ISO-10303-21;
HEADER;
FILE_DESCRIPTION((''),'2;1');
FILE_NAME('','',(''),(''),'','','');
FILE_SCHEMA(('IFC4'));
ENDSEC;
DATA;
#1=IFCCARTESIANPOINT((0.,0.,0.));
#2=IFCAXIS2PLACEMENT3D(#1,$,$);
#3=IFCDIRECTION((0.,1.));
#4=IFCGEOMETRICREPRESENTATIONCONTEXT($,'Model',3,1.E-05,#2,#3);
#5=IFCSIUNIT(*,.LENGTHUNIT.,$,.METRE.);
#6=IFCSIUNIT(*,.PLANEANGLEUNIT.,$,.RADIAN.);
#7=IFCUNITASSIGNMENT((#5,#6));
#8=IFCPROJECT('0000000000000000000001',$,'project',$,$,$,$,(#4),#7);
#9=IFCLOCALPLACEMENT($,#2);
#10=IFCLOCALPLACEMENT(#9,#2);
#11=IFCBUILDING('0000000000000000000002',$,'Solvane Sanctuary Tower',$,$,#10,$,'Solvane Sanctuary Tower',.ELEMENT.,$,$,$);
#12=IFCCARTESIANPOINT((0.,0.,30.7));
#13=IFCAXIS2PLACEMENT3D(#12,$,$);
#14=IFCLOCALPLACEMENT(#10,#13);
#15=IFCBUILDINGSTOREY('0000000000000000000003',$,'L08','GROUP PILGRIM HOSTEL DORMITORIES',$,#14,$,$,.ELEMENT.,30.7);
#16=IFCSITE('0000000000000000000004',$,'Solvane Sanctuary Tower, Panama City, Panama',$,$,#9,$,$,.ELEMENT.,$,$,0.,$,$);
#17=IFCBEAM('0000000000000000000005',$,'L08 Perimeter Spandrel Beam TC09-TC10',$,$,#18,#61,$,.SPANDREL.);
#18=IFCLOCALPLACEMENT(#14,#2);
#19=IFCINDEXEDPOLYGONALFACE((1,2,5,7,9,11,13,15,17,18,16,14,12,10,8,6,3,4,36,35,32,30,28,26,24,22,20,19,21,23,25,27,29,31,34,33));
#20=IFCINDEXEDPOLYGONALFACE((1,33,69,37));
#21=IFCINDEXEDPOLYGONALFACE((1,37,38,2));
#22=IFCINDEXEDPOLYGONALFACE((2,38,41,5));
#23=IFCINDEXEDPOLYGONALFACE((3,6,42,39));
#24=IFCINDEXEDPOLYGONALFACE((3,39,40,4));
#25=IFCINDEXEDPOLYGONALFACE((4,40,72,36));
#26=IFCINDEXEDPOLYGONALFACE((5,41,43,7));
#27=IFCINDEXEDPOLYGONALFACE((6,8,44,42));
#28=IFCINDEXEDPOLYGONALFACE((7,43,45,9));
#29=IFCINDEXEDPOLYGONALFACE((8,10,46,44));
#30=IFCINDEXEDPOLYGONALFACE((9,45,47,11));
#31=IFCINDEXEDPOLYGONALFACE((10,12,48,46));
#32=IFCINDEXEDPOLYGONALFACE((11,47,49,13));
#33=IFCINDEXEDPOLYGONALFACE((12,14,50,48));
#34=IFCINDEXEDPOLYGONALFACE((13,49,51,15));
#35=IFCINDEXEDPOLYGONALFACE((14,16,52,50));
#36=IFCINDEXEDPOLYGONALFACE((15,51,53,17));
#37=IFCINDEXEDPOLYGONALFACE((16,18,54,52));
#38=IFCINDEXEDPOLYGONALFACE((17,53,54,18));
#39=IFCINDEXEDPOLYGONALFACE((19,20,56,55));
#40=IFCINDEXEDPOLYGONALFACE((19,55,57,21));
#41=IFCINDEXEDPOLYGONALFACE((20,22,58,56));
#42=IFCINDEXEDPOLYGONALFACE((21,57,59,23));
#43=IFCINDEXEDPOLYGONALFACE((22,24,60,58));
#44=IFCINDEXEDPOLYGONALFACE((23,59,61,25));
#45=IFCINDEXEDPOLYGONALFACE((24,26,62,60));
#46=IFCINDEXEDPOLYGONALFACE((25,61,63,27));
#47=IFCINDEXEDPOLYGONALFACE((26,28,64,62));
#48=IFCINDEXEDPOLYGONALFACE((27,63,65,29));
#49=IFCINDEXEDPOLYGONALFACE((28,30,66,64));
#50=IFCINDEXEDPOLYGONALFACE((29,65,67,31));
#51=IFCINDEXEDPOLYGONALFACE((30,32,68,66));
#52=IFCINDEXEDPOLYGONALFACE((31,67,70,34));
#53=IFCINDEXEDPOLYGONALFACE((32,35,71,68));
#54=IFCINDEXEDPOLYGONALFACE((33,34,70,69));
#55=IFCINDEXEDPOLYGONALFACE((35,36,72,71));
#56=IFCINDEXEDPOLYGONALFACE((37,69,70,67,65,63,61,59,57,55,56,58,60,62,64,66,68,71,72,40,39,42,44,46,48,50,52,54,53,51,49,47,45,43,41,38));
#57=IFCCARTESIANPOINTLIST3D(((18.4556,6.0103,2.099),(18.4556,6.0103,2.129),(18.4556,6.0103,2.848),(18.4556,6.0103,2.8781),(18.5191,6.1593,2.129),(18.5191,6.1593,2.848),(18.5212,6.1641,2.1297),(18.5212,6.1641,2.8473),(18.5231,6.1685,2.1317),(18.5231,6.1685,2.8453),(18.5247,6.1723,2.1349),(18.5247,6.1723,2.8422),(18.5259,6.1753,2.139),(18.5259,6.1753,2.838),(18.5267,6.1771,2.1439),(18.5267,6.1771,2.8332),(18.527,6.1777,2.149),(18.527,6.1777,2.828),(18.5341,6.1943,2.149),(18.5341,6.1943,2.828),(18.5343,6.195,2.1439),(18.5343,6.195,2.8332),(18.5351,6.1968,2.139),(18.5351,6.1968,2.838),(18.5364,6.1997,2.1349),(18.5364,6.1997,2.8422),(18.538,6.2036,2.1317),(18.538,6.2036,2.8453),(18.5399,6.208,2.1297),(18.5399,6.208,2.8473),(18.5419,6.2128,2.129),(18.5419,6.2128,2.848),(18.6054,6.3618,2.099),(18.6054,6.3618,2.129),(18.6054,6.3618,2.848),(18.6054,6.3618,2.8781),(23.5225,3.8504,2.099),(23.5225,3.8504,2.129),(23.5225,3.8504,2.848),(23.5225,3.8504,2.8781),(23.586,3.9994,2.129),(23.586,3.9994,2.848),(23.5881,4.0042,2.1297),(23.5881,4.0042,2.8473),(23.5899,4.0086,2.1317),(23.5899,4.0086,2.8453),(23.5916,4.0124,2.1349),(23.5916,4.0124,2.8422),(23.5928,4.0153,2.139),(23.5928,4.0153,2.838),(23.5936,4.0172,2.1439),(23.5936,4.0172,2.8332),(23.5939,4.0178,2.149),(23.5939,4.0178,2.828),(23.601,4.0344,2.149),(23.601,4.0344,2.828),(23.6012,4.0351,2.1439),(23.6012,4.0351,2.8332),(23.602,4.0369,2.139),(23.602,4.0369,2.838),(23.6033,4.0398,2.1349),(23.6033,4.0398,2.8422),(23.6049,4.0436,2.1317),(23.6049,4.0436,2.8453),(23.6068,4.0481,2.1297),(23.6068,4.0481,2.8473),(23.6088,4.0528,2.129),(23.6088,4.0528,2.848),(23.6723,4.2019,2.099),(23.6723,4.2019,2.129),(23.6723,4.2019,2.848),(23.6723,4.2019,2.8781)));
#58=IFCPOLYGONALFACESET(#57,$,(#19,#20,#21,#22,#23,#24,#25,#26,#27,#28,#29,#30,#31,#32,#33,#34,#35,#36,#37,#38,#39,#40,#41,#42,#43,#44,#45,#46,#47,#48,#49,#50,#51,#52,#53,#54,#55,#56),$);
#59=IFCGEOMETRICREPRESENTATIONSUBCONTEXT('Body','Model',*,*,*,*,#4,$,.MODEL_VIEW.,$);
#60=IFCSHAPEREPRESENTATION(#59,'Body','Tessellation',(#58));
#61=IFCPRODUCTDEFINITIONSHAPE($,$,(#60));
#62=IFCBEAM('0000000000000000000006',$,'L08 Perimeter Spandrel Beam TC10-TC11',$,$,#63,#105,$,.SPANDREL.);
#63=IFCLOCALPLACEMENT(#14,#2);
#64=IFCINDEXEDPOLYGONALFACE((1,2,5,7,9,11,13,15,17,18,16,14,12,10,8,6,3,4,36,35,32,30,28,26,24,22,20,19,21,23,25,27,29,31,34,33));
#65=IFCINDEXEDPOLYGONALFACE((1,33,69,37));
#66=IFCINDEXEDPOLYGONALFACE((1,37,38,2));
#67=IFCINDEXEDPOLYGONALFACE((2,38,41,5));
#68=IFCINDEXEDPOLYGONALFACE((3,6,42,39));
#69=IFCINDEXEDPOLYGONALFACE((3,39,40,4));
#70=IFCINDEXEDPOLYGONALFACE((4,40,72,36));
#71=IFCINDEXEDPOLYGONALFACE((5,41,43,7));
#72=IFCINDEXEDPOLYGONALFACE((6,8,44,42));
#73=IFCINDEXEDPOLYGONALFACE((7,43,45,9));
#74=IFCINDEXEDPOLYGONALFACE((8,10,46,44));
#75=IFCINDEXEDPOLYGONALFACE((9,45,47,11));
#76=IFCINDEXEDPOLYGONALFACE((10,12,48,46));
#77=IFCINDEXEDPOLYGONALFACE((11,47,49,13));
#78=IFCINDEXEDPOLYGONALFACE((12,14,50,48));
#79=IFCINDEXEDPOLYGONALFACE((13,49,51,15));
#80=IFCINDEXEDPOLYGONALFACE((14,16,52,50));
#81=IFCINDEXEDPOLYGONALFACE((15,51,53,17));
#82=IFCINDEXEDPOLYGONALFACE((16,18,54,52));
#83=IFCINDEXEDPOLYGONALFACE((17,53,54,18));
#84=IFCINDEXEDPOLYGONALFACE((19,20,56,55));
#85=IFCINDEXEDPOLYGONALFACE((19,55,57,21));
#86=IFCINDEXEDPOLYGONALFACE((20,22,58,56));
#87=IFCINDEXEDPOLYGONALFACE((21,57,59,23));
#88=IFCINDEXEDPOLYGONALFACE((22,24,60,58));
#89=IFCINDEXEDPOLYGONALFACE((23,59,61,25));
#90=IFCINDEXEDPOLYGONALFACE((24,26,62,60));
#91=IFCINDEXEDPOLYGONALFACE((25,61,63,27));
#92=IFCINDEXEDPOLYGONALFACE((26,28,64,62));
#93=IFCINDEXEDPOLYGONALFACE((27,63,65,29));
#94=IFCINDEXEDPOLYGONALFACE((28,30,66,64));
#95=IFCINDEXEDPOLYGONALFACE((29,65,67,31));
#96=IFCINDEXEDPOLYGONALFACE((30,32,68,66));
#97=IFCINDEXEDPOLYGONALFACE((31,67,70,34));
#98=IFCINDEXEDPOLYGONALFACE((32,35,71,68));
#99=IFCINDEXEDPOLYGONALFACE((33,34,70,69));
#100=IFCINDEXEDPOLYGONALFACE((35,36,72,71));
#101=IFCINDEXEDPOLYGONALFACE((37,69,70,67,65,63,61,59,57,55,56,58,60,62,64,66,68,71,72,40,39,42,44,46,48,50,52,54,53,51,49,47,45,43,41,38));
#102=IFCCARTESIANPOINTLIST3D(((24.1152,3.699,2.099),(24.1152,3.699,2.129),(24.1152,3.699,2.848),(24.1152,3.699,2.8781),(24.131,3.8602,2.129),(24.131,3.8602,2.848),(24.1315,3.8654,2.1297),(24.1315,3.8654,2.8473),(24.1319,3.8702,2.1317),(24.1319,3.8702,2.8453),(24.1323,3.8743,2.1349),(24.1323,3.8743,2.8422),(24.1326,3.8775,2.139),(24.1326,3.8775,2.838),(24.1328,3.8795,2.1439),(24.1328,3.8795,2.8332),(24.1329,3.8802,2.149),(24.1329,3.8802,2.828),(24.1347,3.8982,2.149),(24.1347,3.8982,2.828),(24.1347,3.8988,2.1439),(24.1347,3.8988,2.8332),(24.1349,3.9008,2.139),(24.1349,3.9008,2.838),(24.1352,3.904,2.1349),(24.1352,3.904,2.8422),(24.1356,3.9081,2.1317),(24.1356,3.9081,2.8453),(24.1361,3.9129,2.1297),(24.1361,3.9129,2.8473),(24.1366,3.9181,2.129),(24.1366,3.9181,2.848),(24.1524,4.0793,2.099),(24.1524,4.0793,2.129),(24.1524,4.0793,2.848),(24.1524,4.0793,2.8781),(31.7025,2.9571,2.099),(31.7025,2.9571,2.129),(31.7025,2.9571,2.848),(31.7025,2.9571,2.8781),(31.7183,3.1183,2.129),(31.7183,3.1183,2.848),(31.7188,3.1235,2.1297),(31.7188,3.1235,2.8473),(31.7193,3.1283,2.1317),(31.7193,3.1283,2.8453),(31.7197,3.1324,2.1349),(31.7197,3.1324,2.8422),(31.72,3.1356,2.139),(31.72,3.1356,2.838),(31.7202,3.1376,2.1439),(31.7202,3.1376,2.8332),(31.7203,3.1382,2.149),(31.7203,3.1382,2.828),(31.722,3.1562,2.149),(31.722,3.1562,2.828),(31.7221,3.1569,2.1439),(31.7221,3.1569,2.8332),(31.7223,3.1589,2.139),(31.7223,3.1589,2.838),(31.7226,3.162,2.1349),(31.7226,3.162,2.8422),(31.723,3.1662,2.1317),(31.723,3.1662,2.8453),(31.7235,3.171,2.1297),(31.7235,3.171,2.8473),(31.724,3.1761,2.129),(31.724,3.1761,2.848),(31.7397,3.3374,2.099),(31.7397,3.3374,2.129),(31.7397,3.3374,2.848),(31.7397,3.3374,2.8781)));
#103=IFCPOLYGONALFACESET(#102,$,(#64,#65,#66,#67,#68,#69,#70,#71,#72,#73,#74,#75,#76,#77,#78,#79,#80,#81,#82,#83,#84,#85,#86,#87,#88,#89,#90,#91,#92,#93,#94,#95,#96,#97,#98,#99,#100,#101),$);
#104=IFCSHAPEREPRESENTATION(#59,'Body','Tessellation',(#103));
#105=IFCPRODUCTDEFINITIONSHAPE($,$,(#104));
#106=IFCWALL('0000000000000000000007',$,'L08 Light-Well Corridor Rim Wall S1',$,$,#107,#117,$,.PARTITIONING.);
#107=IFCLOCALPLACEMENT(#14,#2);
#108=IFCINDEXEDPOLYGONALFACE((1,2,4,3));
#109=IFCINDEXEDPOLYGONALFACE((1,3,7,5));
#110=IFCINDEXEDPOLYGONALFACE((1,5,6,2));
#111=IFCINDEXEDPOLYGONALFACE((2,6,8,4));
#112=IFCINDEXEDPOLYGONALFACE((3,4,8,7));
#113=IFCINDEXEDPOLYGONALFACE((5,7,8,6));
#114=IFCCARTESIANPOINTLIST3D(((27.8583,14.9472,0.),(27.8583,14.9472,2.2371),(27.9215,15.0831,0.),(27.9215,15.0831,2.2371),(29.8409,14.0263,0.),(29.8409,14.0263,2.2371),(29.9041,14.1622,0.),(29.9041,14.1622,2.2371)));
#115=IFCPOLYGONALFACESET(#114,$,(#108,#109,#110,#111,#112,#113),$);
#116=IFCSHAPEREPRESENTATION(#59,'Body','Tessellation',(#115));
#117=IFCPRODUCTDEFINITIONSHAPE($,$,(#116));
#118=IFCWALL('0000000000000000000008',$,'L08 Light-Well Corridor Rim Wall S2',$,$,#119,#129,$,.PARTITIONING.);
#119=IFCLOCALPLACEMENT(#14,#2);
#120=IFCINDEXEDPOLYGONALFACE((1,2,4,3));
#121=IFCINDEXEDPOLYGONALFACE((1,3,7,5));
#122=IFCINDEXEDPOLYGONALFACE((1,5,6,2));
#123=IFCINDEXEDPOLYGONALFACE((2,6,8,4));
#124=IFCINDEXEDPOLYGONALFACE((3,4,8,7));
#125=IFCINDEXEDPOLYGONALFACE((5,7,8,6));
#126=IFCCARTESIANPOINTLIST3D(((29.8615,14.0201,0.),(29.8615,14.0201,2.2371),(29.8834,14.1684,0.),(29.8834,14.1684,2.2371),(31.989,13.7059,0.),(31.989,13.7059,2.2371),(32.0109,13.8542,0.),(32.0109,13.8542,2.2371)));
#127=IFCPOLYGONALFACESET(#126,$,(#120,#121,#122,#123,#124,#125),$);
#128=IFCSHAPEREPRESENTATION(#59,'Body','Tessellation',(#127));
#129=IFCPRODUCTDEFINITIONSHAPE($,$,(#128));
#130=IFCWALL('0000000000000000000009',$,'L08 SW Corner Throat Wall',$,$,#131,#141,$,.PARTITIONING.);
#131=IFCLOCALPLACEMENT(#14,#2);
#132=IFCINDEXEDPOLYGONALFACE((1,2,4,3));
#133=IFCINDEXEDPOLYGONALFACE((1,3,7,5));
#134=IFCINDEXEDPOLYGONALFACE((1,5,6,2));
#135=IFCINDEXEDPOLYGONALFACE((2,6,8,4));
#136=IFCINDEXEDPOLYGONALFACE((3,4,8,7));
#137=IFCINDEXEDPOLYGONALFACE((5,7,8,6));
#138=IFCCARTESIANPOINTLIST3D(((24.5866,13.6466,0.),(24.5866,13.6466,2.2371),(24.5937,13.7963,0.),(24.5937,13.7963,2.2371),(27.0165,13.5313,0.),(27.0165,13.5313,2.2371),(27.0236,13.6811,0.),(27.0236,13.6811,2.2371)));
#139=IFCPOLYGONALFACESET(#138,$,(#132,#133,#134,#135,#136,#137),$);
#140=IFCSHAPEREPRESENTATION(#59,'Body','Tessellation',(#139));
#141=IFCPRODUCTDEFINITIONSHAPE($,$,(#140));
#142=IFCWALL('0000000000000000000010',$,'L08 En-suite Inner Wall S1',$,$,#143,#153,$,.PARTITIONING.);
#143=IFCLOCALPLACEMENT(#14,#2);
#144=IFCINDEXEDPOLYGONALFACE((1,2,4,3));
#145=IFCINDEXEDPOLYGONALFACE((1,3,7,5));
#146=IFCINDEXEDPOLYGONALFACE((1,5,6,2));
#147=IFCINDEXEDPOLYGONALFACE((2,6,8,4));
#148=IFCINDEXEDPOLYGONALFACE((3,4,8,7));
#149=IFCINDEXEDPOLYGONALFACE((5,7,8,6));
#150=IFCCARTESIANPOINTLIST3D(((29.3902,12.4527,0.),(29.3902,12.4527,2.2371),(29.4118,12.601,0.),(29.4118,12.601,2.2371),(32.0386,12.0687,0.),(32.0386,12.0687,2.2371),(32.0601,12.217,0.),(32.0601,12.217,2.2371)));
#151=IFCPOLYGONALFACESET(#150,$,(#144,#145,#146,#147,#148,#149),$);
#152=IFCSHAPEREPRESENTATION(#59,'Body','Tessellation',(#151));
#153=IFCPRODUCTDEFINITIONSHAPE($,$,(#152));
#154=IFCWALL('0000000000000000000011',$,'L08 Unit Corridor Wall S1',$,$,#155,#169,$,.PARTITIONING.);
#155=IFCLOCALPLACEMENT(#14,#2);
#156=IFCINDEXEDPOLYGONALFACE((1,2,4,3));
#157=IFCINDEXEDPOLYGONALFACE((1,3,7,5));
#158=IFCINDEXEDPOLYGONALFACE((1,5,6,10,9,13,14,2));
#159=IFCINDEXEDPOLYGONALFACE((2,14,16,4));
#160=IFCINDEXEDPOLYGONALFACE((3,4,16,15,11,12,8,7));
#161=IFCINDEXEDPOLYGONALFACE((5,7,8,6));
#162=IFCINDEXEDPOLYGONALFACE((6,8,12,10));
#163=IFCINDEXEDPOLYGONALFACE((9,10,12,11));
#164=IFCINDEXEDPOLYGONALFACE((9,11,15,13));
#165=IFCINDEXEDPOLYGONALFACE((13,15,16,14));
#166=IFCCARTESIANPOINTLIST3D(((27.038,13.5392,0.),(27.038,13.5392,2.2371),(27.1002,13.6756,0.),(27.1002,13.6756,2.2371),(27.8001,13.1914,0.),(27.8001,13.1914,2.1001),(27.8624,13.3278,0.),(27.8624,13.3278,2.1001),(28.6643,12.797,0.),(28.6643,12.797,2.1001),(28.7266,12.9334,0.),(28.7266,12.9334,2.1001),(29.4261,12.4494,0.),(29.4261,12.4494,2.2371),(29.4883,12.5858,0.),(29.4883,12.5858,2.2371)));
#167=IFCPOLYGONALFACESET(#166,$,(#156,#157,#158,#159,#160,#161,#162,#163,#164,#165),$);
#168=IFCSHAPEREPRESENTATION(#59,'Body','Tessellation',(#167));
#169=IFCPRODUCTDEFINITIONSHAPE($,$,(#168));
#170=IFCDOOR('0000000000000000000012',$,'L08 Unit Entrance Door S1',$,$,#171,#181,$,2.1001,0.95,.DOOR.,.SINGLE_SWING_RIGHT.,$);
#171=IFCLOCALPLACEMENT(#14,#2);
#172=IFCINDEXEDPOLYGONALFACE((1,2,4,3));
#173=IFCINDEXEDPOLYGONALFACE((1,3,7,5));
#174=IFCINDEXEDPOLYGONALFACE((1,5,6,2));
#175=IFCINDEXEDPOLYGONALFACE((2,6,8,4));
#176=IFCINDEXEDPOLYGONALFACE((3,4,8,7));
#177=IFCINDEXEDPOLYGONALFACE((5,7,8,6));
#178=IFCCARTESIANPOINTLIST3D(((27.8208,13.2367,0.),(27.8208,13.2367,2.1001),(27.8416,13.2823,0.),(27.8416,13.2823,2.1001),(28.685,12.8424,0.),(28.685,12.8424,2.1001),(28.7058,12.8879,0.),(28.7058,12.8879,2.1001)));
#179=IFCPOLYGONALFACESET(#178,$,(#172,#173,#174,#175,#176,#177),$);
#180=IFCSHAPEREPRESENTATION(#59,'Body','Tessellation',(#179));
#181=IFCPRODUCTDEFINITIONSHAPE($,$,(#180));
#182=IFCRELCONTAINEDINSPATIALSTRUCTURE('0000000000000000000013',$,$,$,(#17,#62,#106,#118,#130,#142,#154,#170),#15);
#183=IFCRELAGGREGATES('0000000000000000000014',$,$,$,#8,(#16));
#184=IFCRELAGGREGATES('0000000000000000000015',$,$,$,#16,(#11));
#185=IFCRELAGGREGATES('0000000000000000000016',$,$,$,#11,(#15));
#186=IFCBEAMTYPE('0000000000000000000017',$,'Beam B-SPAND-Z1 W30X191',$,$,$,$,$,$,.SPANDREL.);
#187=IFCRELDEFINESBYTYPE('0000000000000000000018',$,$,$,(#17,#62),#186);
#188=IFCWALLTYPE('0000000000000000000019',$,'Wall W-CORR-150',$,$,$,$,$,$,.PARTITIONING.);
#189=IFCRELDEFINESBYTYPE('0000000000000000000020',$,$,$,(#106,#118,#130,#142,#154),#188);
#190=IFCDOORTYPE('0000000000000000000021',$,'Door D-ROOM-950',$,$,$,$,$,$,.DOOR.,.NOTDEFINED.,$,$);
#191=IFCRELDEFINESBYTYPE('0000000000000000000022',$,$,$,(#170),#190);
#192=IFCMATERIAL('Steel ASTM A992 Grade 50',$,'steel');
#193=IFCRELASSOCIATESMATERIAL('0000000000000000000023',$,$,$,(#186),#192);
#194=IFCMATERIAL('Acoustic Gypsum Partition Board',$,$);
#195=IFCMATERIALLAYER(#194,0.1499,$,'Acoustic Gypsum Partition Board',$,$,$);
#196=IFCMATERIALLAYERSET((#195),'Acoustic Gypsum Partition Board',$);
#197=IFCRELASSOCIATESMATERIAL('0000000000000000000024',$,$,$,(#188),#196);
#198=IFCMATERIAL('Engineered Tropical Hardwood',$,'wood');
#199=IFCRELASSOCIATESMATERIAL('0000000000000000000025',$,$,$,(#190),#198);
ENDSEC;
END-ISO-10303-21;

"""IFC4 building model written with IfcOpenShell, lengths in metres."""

from ifc_helpers import new_model, si_unit, direction, frame, frame_2d, origin, origin_2d, place, context, subcontext, project, spatial, rectangle, i_section, extrude, material, layer, layer_set, material_profile, profile_set, type_object, element, fill, save


model = new_model("IFC4")

# Units and contexts
model_context = context("Model", 3, precision=1e-05, world=origin(), true_north=direction((0.0, 1.0)))
body_context = subcontext(model_context, "Body", "Model", "MODEL_VIEW")
ifc_project = project(units=[si_unit("LENGTHUNIT", "METRE"), si_unit("PLANEANGLEUNIT", "RADIAN")], contexts=[model_context])

# Site, building, storey
site_placement = place(None, origin())
site = spatial("IfcSite", under=ifc_project, at=site_placement, Name="Solvane Sanctuary Tower, Panama City, Panama", CompositionType="ELEMENT", RefElevation=0.0)
building_placement = place(site_placement, origin())
building = spatial("IfcBuilding", under=site, at=building_placement, Name="Solvane Sanctuary Tower", LongName="Solvane Sanctuary Tower", CompositionType="ELEMENT")
storey_placement = place(building_placement, frame((0.0, 0.0, 30.7)))
storey = spatial("IfcBuildingStorey", under=building, at=storey_placement, Name="L08", Description="GROUP PILGRIM HOSTEL DORMITORIES", CompositionType="ELEMENT", Elevation=30.7)

# Beams
ifc_material_1 = material(Name="Steel ASTM A992 Grade 50", Category="steel")
ifc_material_profile_1 = material_profile(ifc_material_1, i_section(OverallWidth=0.3821, OverallDepth=0.7791, WebThickness=0.0181, FlangeThickness=0.03, FilletRadius=0.02, at=origin_2d()), Name="W30X191")
ifc_profile_set_1 = profile_set([ifc_material_profile_1], Name="Steel ASTM A992 Grade 50")
beam_type_1 = type_object("IfcBeamType", Name="Beam B-SPAND-Z1 W30X191", PredefinedType="SPANDREL", material=ifc_profile_set_1)
beam_1_placement = place(storey_placement, frame((18.5305, 6.186, 2.4885), z_axis=(0.919907, -0.392137, 0.0), x_axis=(0.392137, 0.919907, 0.0)))
element("IfcBeam", 1, at=beam_1_placement, inside=storey, type_object=beam_type_1, Name="L08 Perimeter Spandrel Beam TC09-TC10", PredefinedType="SPANDREL", context=body_context, shape_type="SweptSolid", body=[
    extrude(i_section(OverallWidth=0.3821, OverallDepth=0.7791, WebThickness=0.0181, FlangeThickness=0.03, FilletRadius=0.02, at=origin_2d()), origin(), (0.0, 0.0, 1.0), 5.5081),
])
beam_2_placement = place(storey_placement, frame((24.1338, 3.8892, 2.4885), z_axis=(0.995253, -0.097322, 0.0), x_axis=(0.097322, 0.995253, 0.0)))
element("IfcBeam", 2, at=beam_2_placement, inside=storey, type_object=beam_type_1, Name="L08 Perimeter Spandrel Beam TC10-TC11", PredefinedType="SPANDREL", context=body_context, shape_type="SweptSolid", body=[
    extrude(i_section(OverallWidth=0.3821, OverallDepth=0.7791, WebThickness=0.0181, FlangeThickness=0.03, FilletRadius=0.02, at=origin_2d()), origin(), (0.0, 0.0, 1.0), 7.6235),
])

# Walls
ifc_material_2 = material(Name="Acoustic Gypsum Partition Board")
ifc_layer_1 = layer(ifc_material_2, 0.1499, Name="Acoustic Gypsum Partition Board")
ifc_layer_set_1 = layer_set([ifc_layer_1], Name="Acoustic Gypsum Partition Board")
wall_type_1 = type_object("IfcWallType", Name="Wall W-CORR-150", PredefinedType="PARTITIONING", material=ifc_layer_set_1)
wall_1_placement = place(storey_placement, frame((27.8899, 15.0151, 0.0), z_axis=(0.0, 0.0, 1.0), x_axis=(0.906943, -0.421252, 0.0)))
element("IfcWall", 3, at=wall_1_placement, inside=storey, type_object=wall_type_1, Name="L08 Light-Well Corridor Rim Wall S1", PredefinedType="PARTITIONING", context=body_context, shape_type="SweptSolid", body=[
    extrude(rectangle(XDim=2.186, YDim=0.1499, at=frame_2d((1.093, 0.0))), origin(), (0.0, 0.0, 1.0), 2.2371),
])
wall_2_placement = place(storey_placement, frame((29.8726, 14.0942, 0.0), z_axis=(0.0, 0.0, 1.0), x_axis=(0.989269, -0.146108, 0.0)))
element("IfcWall", 4, at=wall_2_placement, inside=storey, type_object=wall_type_1, Name="L08 Light-Well Corridor Rim Wall S2", PredefinedType="PARTITIONING", context=body_context, shape_type="SweptSolid", body=[
    extrude(rectangle(XDim=2.1506, YDim=0.1499, at=frame_2d((1.0752, 0.0))), origin(), (0.0, 0.0, 1.0), 2.2371),
])
wall_3_placement = place(storey_placement, frame((27.02, 13.6062, 0.0), z_axis=(0.0, 0.0, 1.0), x_axis=(-0.998877, 0.04737, 0.0)))
element("IfcWall", 5, at=wall_3_placement, inside=storey, type_object=wall_type_1, Name="L08 SW Corner Throat Wall", PredefinedType="PARTITIONING", context=body_context, shape_type="SweptSolid", body=[
    extrude(rectangle(XDim=2.4326, YDim=0.1499, at=frame_2d((1.2163, 0.0))), origin(), (0.0, 0.0, 1.0), 2.2371),
])
wall_4_placement = place(storey_placement, frame((29.4011, 12.5269, 0.0), z_axis=(0.0, 0.0, 1.0), x_axis=(0.98965, -0.143503, 0.0)))
element("IfcWall", 6, at=wall_4_placement, inside=storey, type_object=wall_type_1, Name="L08 En-suite Inner Wall S1", PredefinedType="PARTITIONING", context=body_context, shape_type="SweptSolid", body=[
    extrude(rectangle(XDim=2.676, YDim=0.1499, at=frame_2d((1.3379, 0.0))), origin(), (0.0, 0.0, 1.0), 2.2371),
])

# Wall, opening, door
wall_5_placement = place(storey_placement, frame((27.0691, 13.6074, 0.0), z_axis=(0.0, 0.0, 1.0), x_axis=(0.909748, -0.415162, 0.0)))
wall_5 = element("IfcWall", 7, at=wall_5_placement, inside=storey, type_object=wall_type_1, Name="L08 Unit Corridor Wall S1", PredefinedType="PARTITIONING", context=body_context, shape_type="SweptSolid", body=[
    extrude(rectangle(XDim=2.625, YDim=0.1499, at=frame_2d((1.3125, 0.0))), origin(), (0.0, 0.0, 1.0), 2.2371),
])
opening_1_placement = place(wall_5_placement, frame((0.8376, 0.0, 0.0)))
opening_1 = element("IfcOpeningElement", 8, at=opening_1_placement, cuts=wall_5, PredefinedType="OPENING", context=body_context, shape_type="SweptSolid", body=[
    extrude(rectangle(XDim=0.95, YDim=2.1001, at=frame_2d((0.4751, 1.05))), frame((0.0, 0.085, 0.0), z_axis=(0.0, -1.0, 0.0), x_axis=(1.0, 0.0, 0.0)), (0.0, 0.0, 1.0), 0.1699),
])
ifc_material_3 = material(Name="Engineered Tropical Hardwood", Category="wood")
door_type_1 = type_object("IfcDoorType", Name="Door D-ROOM-950", OperationType="NOTDEFINED", PredefinedType="DOOR", material=ifc_material_3)
door_1_placement = place(opening_1_placement, origin())
door_1 = element("IfcDoor", 9, at=door_1_placement, inside=storey, type_object=door_type_1, Name="L08 Unit Entrance Door S1", OperationType="SINGLE_SWING_RIGHT", OverallHeight=2.1001, OverallWidth=0.95, PredefinedType="DOOR", context=body_context, shape_type="SweptSolid", body=[
    extrude(rectangle(XDim=0.95, YDim=2.1001, at=frame_2d((0.4751, 1.05))), frame((0.0, 0.0249, 0.0), z_axis=(0.0, -1.0, 0.0), x_axis=(1.0, 0.0, 0.0)), (0.0, 0.0, 1.0), 0.05),
])
fill(opening_1, door_1)

save(model, "model.ifc")
